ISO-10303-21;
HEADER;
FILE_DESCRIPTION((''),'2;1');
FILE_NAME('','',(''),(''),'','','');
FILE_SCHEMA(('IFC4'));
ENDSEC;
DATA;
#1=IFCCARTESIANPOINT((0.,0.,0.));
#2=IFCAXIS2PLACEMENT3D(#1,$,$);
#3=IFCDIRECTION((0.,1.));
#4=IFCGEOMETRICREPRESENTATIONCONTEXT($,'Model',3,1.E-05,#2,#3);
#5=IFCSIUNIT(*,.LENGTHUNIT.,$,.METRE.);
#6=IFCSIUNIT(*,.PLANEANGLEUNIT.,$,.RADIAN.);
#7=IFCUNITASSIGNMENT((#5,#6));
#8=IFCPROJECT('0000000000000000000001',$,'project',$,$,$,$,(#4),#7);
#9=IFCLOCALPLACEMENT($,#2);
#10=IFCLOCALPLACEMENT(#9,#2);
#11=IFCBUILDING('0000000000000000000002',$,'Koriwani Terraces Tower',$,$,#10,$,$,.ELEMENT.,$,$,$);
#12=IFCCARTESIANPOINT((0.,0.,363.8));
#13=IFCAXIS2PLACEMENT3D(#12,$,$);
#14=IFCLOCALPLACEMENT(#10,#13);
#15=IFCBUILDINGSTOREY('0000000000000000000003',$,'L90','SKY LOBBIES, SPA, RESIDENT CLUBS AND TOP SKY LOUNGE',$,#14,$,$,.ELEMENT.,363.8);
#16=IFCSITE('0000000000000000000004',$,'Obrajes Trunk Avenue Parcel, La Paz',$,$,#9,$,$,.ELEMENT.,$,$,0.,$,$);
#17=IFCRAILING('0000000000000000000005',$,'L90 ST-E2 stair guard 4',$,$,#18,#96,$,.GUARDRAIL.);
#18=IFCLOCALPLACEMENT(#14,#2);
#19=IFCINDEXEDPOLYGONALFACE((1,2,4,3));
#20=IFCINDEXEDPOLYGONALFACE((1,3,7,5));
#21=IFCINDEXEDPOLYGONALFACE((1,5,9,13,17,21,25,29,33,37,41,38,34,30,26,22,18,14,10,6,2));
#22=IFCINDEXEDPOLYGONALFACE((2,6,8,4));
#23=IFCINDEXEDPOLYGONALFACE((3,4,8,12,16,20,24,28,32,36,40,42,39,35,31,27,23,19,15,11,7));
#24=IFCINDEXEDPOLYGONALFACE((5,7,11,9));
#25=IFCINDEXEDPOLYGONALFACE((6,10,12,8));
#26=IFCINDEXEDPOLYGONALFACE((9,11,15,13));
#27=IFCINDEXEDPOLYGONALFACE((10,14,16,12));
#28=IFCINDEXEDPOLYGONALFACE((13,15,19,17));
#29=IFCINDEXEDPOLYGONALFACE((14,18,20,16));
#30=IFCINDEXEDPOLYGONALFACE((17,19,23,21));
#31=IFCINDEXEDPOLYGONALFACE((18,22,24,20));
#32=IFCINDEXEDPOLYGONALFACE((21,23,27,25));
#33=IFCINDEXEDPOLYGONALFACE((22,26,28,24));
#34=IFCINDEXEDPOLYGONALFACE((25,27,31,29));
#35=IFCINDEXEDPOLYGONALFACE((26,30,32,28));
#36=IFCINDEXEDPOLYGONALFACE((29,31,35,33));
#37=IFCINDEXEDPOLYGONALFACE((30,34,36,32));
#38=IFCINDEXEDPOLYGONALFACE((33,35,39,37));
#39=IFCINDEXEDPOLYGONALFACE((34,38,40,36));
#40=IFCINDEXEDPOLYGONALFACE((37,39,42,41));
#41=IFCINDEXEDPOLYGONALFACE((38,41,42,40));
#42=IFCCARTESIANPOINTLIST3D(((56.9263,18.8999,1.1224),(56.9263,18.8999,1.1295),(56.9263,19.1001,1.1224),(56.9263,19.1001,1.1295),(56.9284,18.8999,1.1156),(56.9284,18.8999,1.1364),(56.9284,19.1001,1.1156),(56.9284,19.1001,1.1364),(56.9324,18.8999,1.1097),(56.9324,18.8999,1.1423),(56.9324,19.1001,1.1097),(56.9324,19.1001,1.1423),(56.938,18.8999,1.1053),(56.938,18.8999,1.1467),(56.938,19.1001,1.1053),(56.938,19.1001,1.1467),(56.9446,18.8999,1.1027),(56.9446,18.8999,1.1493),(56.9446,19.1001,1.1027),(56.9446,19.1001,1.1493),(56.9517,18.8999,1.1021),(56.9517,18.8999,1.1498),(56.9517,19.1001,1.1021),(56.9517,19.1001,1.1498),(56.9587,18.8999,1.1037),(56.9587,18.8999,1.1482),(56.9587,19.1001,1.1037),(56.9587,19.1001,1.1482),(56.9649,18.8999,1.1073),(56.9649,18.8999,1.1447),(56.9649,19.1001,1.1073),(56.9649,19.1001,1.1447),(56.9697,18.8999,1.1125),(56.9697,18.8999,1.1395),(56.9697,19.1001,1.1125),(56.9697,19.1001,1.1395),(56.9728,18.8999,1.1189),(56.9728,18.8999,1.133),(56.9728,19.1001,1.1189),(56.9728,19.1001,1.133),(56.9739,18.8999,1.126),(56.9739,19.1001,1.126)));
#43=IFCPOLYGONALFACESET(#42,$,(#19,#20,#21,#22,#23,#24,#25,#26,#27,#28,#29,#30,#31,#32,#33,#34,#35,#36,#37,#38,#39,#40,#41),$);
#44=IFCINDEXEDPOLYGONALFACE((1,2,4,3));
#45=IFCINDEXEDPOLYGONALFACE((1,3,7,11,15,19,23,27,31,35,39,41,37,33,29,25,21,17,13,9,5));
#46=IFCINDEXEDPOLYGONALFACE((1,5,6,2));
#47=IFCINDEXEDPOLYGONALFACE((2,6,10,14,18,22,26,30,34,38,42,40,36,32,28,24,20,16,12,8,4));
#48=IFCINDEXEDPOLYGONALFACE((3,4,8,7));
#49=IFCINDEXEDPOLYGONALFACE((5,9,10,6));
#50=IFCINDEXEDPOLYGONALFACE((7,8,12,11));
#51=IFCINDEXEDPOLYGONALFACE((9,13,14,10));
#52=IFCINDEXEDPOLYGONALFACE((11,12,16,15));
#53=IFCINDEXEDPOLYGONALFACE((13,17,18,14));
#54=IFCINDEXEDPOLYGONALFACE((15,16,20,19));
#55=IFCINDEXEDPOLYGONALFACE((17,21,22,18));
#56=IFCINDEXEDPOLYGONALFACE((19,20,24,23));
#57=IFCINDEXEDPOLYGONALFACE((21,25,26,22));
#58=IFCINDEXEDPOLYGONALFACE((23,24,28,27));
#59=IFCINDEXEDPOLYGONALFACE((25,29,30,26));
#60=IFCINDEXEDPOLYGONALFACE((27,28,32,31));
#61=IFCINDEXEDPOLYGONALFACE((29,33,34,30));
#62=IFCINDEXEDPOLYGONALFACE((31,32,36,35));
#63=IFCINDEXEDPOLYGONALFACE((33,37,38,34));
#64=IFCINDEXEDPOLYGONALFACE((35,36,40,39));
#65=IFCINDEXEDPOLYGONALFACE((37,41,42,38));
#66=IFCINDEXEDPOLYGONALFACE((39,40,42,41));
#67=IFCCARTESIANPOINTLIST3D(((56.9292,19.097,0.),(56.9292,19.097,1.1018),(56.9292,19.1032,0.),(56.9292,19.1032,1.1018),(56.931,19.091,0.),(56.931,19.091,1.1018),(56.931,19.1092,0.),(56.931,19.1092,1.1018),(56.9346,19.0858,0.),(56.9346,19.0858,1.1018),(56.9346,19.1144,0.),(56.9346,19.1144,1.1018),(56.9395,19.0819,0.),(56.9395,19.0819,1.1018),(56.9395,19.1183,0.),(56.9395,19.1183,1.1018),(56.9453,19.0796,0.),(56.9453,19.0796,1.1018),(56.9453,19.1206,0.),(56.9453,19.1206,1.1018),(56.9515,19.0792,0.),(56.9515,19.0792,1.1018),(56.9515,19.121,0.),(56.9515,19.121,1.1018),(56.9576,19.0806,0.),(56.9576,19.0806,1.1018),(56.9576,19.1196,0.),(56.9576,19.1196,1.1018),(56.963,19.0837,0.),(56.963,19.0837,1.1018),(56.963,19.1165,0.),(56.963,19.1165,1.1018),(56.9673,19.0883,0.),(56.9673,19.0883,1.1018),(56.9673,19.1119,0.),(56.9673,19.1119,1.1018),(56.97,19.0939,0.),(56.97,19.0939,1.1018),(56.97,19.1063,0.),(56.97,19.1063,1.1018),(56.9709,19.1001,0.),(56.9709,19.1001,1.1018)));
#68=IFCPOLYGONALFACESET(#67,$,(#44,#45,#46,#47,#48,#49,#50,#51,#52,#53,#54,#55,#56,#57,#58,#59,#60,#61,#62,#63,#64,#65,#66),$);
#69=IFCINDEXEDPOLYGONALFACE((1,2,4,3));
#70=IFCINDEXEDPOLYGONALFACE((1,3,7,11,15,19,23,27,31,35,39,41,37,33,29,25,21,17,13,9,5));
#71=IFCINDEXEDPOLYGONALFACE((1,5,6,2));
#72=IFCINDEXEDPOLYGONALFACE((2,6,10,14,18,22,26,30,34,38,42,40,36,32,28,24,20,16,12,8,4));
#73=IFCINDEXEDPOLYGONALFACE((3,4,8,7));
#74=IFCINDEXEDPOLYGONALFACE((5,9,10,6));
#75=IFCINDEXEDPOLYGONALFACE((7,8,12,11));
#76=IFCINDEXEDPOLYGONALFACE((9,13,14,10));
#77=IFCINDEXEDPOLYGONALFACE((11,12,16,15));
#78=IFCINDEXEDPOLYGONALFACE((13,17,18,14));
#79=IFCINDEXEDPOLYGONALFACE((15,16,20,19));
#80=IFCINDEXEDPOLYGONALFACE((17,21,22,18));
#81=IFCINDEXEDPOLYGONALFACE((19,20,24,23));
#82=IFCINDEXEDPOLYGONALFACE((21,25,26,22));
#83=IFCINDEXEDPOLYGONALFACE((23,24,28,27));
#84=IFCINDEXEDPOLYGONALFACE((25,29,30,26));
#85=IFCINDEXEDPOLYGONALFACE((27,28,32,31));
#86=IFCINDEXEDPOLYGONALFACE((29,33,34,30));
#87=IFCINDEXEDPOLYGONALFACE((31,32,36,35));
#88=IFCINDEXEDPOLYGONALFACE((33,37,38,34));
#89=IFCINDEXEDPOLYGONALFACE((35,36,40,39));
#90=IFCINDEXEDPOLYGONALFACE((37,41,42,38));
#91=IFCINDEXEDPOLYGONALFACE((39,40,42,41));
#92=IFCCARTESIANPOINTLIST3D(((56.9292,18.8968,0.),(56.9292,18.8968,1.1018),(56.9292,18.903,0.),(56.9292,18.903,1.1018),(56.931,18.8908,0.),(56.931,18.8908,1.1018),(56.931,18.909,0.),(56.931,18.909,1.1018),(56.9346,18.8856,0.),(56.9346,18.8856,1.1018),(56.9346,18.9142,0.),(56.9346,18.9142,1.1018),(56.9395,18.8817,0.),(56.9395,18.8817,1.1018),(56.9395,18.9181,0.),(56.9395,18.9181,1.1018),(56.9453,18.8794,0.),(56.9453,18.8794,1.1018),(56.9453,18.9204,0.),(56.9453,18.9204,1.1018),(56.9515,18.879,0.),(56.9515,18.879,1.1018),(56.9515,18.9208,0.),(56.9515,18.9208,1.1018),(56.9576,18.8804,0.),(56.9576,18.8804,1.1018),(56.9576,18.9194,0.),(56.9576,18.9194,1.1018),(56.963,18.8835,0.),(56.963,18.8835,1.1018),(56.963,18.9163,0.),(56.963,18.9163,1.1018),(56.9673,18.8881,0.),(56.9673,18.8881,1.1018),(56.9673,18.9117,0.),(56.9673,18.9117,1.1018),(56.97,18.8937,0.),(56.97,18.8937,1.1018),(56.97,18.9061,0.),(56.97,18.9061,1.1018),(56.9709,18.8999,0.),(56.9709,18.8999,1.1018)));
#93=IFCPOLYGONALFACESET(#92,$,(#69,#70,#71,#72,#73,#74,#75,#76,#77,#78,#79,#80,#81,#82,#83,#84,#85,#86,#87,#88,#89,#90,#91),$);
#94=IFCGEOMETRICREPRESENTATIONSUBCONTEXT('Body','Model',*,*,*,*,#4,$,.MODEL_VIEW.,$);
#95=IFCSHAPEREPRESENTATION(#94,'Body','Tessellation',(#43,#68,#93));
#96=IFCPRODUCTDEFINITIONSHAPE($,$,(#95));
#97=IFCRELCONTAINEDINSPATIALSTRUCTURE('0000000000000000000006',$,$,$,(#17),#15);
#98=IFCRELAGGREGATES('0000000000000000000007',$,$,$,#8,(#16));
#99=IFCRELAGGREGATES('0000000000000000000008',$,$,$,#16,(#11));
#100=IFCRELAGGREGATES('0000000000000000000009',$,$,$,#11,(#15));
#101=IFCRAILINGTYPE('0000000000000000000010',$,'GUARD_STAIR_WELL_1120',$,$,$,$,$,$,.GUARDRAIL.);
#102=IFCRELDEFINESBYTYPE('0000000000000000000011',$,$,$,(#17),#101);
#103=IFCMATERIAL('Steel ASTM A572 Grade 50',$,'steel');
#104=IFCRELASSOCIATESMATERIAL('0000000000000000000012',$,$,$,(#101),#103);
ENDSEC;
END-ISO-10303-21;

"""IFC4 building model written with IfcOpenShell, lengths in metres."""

from ifc_helpers import new_model, si_unit, direction, frame, origin, origin_2d, place, context, subcontext, project, spatial, circle, extrude, material, type_object, element, save


model = new_model("IFC4")

# Units and contexts
model_context = context("Model", 3, precision=1e-05, world=origin(), true_north=direction((0.0, 1.0)))
body_context = subcontext(model_context, "Body", "Model", "MODEL_VIEW")
ifc_project = project(units=[si_unit("LENGTHUNIT", "METRE"), si_unit("PLANEANGLEUNIT", "RADIAN")], contexts=[model_context])

# Site, building, storey
site_placement = place(None, origin())
site = spatial("IfcSite", under=ifc_project, at=site_placement, Name="Obrajes Trunk Avenue Parcel, La Paz", CompositionType="ELEMENT", RefElevation=0.0)
building_placement = place(site_placement, origin())
building = spatial("IfcBuilding", under=site, at=building_placement, Name="Koriwani Terraces Tower", CompositionType="ELEMENT")
storey_placement = place(building_placement, frame((0.0, 0.0, 363.8)))
storey = spatial("IfcBuildingStorey", under=building, at=storey_placement, Name="L90", Description="SKY LOBBIES, SPA, RESIDENT CLUBS AND TOP SKY LOUNGE", CompositionType="ELEMENT", Elevation=363.8)

# Shared definitions
ifc_material_1 = material(Name="Steel ASTM A572 Grade 50", Category="steel")

# Railing
railing_type_1 = type_object("IfcRailingType", Name="GUARD_STAIR_WELL_1120", PredefinedType="GUARDRAIL", material=ifc_material_1)
railing_1_placement = place(storey_placement, frame((56.95, 19.1001, 0.0)))
element("IfcRailing", 1, at=railing_1_placement, inside=storey, type_object=railing_type_1, Name="L90 ST-E2 stair guard 4", PredefinedType="GUARDRAIL", context=body_context, shape_type="SweptSolid", body=[
    extrude(circle(Radius=0.0239, at=origin_2d()), frame((0.0, 0.0, 1.126), z_axis=(0.0, -1.0, 0.0), x_axis=(1.0, 0.0, 0.0)), (0.0, 0.0, 1.0), 0.2002),
    extrude(circle(Radius=0.021, at=origin_2d()), origin(), (0.0, 0.0, 1.0), 1.1018),
    extrude(circle(Radius=0.021, at=origin_2d()), frame((0.0, -0.2002, 0.0)), (0.0, 0.0, 1.0), 1.1018),
])

save(model, "model.ifc")
